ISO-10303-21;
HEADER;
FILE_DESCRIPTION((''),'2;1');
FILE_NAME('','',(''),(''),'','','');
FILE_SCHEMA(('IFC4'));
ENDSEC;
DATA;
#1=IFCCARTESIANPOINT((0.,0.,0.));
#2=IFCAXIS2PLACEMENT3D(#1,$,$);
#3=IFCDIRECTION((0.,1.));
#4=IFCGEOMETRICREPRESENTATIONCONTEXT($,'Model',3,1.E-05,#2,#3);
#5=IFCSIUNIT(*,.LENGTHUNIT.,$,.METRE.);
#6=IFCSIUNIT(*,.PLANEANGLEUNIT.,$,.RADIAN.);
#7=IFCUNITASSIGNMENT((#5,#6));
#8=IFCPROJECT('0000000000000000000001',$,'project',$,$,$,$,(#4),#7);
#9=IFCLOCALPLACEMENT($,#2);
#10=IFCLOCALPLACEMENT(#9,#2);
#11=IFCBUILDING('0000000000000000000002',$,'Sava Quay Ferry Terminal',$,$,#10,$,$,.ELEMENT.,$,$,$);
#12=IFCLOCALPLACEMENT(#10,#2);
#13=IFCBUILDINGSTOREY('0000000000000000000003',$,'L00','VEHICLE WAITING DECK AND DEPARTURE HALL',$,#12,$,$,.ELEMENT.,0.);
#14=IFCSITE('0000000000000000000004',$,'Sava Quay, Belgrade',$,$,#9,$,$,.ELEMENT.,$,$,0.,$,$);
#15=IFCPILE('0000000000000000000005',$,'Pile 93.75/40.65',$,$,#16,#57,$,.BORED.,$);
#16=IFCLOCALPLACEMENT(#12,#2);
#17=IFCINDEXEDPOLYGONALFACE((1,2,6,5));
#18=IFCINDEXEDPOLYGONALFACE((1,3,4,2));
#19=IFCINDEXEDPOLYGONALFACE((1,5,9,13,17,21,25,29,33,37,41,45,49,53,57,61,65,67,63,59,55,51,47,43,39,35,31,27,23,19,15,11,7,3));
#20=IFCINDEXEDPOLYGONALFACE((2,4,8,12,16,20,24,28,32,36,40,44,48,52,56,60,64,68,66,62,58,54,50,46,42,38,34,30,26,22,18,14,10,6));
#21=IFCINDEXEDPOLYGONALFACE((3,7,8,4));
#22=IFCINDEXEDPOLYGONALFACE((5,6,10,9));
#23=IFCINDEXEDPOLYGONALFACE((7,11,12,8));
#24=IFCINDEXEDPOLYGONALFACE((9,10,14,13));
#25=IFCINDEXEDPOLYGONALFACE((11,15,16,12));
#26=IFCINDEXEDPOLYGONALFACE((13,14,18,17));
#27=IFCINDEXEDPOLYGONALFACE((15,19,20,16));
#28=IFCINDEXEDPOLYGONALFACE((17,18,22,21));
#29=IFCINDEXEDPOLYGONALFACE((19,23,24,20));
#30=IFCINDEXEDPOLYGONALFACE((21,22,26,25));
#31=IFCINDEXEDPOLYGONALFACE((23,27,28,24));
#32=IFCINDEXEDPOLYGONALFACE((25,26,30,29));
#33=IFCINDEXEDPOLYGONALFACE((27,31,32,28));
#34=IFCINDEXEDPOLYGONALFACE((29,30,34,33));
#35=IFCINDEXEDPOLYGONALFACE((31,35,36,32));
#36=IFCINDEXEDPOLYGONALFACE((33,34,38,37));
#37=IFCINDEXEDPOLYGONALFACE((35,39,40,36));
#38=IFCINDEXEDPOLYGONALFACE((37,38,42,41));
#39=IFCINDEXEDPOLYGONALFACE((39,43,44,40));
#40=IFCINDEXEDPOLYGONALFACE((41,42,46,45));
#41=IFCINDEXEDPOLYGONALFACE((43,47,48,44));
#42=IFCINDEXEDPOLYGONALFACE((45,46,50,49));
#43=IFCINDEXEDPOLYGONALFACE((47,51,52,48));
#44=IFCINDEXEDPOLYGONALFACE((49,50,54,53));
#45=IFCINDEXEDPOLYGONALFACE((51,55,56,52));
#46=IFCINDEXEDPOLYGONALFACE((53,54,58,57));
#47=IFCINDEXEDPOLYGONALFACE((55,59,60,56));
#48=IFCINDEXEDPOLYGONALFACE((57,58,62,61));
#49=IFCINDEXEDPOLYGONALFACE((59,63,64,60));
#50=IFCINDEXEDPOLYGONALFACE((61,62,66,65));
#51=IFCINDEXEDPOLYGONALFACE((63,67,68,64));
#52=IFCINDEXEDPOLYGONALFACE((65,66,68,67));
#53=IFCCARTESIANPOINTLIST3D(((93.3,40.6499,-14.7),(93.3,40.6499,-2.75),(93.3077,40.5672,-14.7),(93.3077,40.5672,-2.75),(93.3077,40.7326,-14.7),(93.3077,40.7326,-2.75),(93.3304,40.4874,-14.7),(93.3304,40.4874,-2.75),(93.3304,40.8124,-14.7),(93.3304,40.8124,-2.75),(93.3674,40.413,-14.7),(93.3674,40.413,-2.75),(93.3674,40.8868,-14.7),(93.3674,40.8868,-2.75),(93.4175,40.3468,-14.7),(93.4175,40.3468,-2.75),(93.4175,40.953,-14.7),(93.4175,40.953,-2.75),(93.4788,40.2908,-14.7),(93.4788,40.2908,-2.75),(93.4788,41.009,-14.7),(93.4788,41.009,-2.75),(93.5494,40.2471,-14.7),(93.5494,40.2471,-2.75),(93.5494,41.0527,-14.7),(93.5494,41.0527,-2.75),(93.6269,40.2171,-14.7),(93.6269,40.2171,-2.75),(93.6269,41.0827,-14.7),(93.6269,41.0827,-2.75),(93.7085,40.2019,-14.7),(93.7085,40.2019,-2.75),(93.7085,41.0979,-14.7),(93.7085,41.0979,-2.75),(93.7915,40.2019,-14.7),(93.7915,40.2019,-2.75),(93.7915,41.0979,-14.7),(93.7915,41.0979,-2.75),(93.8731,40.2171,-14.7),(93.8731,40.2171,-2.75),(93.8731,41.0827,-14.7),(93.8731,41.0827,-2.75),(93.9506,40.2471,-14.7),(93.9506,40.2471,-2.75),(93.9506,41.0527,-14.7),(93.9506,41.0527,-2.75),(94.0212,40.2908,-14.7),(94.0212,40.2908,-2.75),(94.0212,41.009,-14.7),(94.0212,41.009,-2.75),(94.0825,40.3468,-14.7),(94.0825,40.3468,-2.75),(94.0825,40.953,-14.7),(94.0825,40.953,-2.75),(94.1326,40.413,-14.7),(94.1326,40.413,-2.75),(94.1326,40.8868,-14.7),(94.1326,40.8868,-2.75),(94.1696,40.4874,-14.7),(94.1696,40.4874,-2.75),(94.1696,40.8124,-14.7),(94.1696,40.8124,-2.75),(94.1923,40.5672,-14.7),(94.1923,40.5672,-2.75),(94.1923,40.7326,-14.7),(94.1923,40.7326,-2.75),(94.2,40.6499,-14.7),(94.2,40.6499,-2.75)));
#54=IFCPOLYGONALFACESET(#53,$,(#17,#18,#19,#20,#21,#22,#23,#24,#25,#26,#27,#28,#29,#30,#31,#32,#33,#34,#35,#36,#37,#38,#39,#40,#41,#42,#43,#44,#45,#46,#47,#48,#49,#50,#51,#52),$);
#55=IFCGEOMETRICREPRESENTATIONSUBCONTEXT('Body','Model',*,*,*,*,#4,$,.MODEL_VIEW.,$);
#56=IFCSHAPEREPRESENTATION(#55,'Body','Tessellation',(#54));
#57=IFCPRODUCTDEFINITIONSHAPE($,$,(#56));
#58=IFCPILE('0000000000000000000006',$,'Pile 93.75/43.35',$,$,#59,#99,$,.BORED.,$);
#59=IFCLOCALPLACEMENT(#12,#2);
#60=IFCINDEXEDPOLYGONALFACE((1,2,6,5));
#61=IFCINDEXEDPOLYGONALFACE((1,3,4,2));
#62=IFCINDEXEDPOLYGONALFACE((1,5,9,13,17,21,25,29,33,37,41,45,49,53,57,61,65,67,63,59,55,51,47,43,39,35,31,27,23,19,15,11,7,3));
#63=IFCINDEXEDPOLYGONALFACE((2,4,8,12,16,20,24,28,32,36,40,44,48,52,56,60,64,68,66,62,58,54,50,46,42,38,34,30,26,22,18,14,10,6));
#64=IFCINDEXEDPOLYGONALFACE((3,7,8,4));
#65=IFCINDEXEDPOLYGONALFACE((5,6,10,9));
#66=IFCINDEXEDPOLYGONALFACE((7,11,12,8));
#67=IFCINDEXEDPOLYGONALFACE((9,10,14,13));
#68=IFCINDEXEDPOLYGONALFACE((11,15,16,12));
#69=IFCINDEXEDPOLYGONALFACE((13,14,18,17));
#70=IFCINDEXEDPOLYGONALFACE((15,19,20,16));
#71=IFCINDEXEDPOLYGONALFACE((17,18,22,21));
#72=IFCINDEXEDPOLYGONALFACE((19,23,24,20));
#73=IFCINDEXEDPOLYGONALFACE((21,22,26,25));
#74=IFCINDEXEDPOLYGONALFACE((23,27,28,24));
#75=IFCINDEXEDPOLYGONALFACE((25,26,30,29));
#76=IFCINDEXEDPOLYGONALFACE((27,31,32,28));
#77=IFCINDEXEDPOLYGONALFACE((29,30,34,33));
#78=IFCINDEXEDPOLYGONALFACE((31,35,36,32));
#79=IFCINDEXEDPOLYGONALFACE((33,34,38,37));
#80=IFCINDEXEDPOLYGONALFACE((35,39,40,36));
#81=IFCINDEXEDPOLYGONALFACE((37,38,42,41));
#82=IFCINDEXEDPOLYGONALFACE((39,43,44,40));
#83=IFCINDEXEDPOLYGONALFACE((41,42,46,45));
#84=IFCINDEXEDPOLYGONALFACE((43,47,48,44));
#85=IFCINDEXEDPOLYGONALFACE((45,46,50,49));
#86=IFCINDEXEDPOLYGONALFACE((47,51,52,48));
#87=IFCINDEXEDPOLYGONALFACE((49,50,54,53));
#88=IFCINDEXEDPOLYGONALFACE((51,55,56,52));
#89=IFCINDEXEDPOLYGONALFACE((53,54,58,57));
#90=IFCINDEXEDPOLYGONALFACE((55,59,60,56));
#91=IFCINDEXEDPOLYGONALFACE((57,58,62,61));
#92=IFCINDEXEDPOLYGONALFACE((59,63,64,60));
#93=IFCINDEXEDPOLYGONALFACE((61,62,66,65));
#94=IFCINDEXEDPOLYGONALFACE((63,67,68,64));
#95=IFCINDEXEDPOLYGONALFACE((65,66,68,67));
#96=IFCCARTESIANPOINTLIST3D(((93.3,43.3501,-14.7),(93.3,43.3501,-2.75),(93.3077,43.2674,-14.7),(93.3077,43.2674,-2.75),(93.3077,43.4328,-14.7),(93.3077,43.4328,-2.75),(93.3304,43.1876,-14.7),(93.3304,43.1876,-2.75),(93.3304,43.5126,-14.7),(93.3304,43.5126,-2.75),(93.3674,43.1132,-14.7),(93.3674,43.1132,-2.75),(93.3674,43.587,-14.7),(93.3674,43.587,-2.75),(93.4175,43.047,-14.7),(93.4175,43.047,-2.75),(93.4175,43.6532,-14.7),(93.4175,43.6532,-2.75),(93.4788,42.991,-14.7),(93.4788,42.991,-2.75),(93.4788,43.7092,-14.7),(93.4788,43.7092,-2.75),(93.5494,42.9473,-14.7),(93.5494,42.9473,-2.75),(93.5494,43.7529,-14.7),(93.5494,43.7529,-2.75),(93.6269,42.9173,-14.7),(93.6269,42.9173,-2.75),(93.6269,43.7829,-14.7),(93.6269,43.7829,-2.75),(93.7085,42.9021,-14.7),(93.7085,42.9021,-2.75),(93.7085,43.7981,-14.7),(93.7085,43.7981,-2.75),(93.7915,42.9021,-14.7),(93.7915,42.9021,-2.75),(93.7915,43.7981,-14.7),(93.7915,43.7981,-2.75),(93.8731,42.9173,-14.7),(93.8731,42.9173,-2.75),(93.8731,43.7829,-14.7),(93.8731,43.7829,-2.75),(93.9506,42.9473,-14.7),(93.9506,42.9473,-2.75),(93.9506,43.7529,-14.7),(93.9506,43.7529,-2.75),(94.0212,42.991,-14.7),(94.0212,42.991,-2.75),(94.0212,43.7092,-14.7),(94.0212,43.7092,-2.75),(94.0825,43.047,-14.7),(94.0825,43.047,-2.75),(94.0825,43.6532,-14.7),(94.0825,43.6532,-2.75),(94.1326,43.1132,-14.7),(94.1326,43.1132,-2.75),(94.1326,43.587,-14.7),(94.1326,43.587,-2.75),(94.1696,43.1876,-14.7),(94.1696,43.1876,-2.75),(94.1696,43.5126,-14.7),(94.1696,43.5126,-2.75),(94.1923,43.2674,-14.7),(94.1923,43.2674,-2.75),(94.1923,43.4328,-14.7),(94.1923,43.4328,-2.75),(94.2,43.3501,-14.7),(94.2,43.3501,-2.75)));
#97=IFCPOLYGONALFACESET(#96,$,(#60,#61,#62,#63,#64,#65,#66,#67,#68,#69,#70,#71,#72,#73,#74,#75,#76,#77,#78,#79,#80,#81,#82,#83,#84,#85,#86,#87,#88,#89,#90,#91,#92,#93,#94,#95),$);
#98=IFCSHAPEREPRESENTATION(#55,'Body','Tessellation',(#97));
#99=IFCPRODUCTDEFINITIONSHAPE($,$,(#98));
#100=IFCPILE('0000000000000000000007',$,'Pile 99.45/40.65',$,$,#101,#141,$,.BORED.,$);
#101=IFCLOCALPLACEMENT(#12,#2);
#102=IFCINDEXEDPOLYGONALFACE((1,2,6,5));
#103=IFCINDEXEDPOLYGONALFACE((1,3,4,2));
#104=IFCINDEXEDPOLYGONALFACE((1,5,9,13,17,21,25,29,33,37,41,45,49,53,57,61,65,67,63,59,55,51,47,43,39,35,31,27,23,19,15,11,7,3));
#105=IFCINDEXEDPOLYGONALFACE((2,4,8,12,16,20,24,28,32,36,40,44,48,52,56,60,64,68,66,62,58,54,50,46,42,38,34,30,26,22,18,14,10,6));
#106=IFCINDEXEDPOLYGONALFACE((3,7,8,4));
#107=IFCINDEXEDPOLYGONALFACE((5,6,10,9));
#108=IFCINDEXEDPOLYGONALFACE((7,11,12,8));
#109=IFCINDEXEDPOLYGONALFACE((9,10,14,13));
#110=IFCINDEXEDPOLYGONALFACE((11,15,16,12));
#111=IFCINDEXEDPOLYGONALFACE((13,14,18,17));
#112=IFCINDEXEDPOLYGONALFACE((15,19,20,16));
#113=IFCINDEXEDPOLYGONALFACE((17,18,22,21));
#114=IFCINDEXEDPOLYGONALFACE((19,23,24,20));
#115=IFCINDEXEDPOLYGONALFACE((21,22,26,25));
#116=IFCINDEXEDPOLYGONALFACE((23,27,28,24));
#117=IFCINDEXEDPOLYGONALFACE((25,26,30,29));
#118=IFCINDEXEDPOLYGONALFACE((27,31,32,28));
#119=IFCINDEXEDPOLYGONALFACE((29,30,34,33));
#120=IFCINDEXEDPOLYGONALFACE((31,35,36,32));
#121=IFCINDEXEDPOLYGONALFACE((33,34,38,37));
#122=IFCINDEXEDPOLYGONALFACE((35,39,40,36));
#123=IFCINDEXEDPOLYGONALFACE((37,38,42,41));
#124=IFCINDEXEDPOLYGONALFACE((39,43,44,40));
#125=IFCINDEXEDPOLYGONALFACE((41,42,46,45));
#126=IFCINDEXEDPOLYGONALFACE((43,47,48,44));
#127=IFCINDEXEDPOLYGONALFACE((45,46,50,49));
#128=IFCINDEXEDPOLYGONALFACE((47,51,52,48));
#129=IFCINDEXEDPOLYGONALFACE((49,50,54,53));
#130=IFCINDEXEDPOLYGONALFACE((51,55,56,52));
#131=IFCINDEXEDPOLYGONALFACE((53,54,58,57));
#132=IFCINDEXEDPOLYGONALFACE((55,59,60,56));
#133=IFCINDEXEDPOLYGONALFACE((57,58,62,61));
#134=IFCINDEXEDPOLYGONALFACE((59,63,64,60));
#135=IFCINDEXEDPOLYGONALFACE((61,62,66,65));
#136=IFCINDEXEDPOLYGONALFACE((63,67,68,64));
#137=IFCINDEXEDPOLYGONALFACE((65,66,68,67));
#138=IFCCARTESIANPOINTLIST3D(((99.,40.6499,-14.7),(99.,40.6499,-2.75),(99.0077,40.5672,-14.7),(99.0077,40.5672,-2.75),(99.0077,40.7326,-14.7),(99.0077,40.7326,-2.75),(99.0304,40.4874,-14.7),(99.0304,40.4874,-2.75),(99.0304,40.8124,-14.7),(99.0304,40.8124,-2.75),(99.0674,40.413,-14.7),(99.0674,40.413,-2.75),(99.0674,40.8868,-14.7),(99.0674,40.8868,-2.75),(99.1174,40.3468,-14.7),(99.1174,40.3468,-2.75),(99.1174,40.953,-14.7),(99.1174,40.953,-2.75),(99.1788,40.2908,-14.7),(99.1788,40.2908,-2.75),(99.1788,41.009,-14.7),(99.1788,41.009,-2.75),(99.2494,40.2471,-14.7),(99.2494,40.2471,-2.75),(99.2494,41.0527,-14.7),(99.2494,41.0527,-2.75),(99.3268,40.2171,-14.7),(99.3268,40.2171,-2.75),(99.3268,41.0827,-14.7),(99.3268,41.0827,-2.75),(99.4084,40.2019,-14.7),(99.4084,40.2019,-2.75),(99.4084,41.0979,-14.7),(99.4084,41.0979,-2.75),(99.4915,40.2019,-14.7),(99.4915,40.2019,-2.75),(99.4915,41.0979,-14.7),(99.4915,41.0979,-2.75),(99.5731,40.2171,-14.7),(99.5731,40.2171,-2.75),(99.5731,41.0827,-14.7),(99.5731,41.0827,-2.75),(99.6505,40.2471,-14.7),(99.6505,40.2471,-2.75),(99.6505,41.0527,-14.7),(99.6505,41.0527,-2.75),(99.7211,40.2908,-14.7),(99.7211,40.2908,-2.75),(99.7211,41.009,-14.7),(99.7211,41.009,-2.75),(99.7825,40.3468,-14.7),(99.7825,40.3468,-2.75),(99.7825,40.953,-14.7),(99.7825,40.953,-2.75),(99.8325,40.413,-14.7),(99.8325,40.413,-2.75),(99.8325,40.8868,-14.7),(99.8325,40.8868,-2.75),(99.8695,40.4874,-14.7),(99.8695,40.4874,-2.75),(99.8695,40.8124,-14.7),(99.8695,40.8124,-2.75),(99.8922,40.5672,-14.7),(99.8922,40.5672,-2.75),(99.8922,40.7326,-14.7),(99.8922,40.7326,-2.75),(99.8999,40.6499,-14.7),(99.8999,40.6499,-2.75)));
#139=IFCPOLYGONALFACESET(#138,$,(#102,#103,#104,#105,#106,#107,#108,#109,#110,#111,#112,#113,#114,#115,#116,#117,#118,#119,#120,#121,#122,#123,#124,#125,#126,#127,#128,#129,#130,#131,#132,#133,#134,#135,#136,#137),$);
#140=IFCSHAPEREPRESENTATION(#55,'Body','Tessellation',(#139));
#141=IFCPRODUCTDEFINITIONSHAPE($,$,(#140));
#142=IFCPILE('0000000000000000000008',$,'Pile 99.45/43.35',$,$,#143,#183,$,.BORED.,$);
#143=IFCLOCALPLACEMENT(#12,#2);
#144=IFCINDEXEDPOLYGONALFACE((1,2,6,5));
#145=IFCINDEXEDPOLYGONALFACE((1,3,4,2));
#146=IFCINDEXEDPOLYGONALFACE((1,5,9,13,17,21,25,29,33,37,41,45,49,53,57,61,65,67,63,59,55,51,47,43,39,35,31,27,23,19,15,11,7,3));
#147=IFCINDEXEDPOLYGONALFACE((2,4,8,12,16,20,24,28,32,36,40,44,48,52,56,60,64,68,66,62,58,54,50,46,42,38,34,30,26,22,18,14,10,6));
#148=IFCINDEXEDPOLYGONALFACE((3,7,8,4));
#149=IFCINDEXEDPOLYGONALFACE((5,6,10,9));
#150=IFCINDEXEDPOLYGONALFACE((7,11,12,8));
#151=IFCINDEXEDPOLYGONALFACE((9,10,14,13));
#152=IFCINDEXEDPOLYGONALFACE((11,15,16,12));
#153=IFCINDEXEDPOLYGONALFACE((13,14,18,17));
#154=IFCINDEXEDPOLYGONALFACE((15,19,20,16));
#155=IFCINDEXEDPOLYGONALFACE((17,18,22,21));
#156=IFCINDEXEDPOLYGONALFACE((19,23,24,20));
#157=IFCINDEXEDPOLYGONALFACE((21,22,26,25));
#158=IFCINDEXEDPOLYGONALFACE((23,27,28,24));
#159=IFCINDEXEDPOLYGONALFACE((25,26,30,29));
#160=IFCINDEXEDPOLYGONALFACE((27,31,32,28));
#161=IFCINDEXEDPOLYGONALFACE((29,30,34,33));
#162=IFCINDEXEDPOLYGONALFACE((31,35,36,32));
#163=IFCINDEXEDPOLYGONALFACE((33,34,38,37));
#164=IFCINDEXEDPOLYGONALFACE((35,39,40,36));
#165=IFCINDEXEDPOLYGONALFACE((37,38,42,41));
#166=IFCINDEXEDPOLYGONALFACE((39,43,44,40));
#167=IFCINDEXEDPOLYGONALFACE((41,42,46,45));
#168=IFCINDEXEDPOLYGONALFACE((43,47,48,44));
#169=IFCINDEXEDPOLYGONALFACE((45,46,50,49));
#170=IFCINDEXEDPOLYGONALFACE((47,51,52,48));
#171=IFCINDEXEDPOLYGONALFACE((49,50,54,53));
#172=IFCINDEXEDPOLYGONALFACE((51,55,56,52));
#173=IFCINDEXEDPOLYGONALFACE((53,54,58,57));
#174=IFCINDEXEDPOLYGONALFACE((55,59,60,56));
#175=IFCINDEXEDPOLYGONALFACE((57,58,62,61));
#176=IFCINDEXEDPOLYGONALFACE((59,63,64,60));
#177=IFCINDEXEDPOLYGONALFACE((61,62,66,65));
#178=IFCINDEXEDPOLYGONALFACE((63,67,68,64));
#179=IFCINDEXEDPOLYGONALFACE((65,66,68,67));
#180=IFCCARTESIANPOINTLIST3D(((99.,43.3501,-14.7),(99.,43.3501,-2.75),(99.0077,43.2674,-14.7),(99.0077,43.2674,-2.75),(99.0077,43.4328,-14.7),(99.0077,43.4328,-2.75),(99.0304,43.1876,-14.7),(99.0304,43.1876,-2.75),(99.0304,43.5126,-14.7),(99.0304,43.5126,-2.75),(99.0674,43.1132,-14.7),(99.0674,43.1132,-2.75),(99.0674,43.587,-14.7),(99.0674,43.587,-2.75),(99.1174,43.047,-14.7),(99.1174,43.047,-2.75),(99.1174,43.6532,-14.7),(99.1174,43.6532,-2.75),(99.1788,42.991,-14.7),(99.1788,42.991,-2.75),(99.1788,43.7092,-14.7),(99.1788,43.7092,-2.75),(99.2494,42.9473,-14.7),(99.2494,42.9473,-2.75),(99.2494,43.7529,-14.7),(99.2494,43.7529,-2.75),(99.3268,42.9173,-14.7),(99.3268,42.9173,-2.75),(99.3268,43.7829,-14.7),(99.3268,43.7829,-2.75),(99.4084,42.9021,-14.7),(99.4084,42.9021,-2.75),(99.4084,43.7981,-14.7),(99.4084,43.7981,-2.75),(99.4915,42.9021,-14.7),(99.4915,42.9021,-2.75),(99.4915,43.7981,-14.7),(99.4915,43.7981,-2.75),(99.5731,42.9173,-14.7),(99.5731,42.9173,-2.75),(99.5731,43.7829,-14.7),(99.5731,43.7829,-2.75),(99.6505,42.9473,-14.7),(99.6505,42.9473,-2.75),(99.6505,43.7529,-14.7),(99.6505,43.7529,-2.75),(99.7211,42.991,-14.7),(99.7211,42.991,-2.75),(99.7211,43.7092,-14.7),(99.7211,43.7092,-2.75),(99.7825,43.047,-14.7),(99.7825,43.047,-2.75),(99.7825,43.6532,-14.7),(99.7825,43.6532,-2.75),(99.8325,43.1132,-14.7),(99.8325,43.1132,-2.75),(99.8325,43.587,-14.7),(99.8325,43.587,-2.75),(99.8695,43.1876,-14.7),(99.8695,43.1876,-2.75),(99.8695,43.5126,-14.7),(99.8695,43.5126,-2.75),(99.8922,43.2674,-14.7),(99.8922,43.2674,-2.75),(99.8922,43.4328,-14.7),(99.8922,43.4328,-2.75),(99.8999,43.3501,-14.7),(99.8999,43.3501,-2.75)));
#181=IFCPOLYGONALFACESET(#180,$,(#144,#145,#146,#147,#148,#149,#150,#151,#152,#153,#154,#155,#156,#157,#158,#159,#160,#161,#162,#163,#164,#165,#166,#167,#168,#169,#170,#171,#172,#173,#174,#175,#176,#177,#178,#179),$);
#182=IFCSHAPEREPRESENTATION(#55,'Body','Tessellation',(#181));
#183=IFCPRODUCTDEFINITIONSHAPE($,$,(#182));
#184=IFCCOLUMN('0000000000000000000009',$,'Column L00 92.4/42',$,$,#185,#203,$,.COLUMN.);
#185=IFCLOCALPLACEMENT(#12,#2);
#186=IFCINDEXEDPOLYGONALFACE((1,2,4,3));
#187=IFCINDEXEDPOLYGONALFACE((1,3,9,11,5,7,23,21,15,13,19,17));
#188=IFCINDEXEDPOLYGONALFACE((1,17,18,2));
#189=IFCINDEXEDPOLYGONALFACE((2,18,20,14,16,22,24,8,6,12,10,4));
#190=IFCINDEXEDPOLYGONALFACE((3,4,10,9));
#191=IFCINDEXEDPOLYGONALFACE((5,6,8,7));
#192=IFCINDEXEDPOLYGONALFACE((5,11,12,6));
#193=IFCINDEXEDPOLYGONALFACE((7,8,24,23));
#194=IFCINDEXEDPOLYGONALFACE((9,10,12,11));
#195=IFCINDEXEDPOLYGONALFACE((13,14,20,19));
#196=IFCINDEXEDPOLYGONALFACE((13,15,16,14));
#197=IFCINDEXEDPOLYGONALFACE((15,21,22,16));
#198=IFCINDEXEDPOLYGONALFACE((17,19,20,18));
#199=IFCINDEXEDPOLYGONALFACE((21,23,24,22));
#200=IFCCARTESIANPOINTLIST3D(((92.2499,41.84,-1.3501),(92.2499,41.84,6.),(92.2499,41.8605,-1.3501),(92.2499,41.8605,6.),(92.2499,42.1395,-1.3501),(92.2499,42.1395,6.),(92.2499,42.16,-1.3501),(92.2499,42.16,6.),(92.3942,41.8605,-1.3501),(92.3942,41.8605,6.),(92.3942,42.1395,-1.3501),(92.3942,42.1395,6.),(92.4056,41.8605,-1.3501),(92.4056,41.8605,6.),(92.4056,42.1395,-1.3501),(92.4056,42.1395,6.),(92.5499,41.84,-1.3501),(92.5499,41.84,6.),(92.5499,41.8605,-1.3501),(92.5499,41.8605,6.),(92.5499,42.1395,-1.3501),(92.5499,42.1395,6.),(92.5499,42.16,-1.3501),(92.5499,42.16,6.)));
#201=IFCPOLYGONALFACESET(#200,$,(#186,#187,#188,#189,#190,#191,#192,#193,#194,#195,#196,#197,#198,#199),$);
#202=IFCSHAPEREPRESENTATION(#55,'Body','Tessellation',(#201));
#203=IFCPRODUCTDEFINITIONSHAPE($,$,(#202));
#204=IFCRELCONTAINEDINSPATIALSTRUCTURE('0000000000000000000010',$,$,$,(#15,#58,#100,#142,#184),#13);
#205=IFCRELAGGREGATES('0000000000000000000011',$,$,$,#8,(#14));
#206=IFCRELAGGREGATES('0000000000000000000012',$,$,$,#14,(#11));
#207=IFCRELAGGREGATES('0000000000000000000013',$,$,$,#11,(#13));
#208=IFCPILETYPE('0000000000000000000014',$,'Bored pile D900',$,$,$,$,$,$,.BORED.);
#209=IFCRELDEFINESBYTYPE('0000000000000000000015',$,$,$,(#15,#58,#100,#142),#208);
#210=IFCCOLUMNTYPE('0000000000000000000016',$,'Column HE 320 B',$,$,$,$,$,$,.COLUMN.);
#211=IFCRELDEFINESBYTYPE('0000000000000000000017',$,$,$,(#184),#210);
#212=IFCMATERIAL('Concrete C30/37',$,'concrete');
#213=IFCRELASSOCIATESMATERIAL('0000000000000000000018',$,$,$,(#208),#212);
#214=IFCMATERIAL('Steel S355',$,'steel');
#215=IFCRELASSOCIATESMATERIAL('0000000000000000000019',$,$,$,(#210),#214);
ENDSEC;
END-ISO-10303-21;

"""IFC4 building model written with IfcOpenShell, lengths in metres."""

from ifc_helpers import new_model, si_unit, direction, frame, origin, origin_2d, place, context, subcontext, project, spatial, circle, i_section, extrude, material, material_profile, profile_set, type_object, element, save


model = new_model("IFC4")

# Units and contexts
model_context = context("Model", 3, precision=1e-05, world=origin(), true_north=direction((0.0, 1.0)))
body_context = subcontext(model_context, "Body", "Model", "MODEL_VIEW")
ifc_project = project(units=[si_unit("LENGTHUNIT", "METRE"), si_unit("PLANEANGLEUNIT", "RADIAN")], contexts=[model_context])

# Site, building, storey
site_placement = place(None, origin())
site = spatial("IfcSite", under=ifc_project, at=site_placement, Name="Sava Quay, Belgrade", CompositionType="ELEMENT", RefElevation=0.0)
building_placement = place(site_placement, origin())
building = spatial("IfcBuilding", under=site, at=building_placement, Name="Sava Quay Ferry Terminal", CompositionType="ELEMENT")
storey_placement = place(building_placement, origin())
storey = spatial("IfcBuildingStorey", under=building, at=storey_placement, Name="L00", Description="VEHICLE WAITING DECK AND DEPARTURE HALL", CompositionType="ELEMENT", Elevation=0.0)

# Piles
ifc_material_1 = material(Name="Concrete C30/37", Category="concrete")
ifc_material_profile_1 = material_profile(ifc_material_1, circle(Radius=0.45, at=origin_2d()), Name="Bored pile D900")
ifc_profile_set_1 = profile_set([ifc_material_profile_1], Name="Concrete C30/37")
pile_type = type_object("IfcPileType", Name="Bored pile D900", PredefinedType="BORED", material=ifc_profile_set_1)
for number, where, z_axis, x_axis, name in (
    (1, (93.75, 40.6499, -2.75), (0.0, 0.0, -1.0), (1.0, 0.0, 0.0), "Pile 93.75/40.65"),
    (2, (93.75, 43.3501, -2.75), (0.0, 0.0, -1.0), (1.0, 0.0, 0.0), "Pile 93.75/43.35"),
    (3, (99.45, 40.6499, -2.75), (0.0, 0.0, -1.0), (1.0, 0.0, 0.0), "Pile 99.45/40.65"),
    (4, (99.45, 43.3501, -2.75), (0.0, 0.0, -1.0), (1.0, 0.0, 0.0), "Pile 99.45/43.35"),
):
    element("IfcPile", number, at=place(storey_placement, frame(where, z_axis=z_axis, x_axis=x_axis)), inside=storey, type_object=pile_type, Name=name, PredefinedType="BORED", context=body_context, shape_type="SweptSolid", body=[
        extrude(circle(Radius=0.45, at=origin_2d()), origin(), (0.0, 0.0, 1.0), 11.95),
    ])

# Column
ifc_material_2 = material(Name="Steel S355", Category="steel")
ifc_material_profile_2 = material_profile(ifc_material_2, i_section(OverallWidth=0.3, OverallDepth=0.3201, WebThickness=0.0115, FlangeThickness=0.0205, at=origin_2d()), Name="HE 320 B")
ifc_profile_set_2 = profile_set([ifc_material_profile_2], Name="Steel S355")
column_type = type_object("IfcColumnType", Name="Column HE 320 B", PredefinedType="COLUMN", material=ifc_profile_set_2)
column_placement = place(storey_placement, frame((92.3999, 42.0, -1.3501), z_axis=(0.0, 0.0, 1.0), x_axis=(1.0, 0.0, 0.0)))
element("IfcColumn", 5, at=column_placement, inside=storey, type_object=column_type, Name="Column L00 92.4/42", PredefinedType="COLUMN", context=body_context, shape_type="SweptSolid", body=[
    extrude(i_section(OverallWidth=0.3, OverallDepth=0.3201, WebThickness=0.0115, FlangeThickness=0.0205, at=origin_2d()), origin(), (0.0, 0.0, 1.0), 7.3501),
])

save(model, "model.ifc")
